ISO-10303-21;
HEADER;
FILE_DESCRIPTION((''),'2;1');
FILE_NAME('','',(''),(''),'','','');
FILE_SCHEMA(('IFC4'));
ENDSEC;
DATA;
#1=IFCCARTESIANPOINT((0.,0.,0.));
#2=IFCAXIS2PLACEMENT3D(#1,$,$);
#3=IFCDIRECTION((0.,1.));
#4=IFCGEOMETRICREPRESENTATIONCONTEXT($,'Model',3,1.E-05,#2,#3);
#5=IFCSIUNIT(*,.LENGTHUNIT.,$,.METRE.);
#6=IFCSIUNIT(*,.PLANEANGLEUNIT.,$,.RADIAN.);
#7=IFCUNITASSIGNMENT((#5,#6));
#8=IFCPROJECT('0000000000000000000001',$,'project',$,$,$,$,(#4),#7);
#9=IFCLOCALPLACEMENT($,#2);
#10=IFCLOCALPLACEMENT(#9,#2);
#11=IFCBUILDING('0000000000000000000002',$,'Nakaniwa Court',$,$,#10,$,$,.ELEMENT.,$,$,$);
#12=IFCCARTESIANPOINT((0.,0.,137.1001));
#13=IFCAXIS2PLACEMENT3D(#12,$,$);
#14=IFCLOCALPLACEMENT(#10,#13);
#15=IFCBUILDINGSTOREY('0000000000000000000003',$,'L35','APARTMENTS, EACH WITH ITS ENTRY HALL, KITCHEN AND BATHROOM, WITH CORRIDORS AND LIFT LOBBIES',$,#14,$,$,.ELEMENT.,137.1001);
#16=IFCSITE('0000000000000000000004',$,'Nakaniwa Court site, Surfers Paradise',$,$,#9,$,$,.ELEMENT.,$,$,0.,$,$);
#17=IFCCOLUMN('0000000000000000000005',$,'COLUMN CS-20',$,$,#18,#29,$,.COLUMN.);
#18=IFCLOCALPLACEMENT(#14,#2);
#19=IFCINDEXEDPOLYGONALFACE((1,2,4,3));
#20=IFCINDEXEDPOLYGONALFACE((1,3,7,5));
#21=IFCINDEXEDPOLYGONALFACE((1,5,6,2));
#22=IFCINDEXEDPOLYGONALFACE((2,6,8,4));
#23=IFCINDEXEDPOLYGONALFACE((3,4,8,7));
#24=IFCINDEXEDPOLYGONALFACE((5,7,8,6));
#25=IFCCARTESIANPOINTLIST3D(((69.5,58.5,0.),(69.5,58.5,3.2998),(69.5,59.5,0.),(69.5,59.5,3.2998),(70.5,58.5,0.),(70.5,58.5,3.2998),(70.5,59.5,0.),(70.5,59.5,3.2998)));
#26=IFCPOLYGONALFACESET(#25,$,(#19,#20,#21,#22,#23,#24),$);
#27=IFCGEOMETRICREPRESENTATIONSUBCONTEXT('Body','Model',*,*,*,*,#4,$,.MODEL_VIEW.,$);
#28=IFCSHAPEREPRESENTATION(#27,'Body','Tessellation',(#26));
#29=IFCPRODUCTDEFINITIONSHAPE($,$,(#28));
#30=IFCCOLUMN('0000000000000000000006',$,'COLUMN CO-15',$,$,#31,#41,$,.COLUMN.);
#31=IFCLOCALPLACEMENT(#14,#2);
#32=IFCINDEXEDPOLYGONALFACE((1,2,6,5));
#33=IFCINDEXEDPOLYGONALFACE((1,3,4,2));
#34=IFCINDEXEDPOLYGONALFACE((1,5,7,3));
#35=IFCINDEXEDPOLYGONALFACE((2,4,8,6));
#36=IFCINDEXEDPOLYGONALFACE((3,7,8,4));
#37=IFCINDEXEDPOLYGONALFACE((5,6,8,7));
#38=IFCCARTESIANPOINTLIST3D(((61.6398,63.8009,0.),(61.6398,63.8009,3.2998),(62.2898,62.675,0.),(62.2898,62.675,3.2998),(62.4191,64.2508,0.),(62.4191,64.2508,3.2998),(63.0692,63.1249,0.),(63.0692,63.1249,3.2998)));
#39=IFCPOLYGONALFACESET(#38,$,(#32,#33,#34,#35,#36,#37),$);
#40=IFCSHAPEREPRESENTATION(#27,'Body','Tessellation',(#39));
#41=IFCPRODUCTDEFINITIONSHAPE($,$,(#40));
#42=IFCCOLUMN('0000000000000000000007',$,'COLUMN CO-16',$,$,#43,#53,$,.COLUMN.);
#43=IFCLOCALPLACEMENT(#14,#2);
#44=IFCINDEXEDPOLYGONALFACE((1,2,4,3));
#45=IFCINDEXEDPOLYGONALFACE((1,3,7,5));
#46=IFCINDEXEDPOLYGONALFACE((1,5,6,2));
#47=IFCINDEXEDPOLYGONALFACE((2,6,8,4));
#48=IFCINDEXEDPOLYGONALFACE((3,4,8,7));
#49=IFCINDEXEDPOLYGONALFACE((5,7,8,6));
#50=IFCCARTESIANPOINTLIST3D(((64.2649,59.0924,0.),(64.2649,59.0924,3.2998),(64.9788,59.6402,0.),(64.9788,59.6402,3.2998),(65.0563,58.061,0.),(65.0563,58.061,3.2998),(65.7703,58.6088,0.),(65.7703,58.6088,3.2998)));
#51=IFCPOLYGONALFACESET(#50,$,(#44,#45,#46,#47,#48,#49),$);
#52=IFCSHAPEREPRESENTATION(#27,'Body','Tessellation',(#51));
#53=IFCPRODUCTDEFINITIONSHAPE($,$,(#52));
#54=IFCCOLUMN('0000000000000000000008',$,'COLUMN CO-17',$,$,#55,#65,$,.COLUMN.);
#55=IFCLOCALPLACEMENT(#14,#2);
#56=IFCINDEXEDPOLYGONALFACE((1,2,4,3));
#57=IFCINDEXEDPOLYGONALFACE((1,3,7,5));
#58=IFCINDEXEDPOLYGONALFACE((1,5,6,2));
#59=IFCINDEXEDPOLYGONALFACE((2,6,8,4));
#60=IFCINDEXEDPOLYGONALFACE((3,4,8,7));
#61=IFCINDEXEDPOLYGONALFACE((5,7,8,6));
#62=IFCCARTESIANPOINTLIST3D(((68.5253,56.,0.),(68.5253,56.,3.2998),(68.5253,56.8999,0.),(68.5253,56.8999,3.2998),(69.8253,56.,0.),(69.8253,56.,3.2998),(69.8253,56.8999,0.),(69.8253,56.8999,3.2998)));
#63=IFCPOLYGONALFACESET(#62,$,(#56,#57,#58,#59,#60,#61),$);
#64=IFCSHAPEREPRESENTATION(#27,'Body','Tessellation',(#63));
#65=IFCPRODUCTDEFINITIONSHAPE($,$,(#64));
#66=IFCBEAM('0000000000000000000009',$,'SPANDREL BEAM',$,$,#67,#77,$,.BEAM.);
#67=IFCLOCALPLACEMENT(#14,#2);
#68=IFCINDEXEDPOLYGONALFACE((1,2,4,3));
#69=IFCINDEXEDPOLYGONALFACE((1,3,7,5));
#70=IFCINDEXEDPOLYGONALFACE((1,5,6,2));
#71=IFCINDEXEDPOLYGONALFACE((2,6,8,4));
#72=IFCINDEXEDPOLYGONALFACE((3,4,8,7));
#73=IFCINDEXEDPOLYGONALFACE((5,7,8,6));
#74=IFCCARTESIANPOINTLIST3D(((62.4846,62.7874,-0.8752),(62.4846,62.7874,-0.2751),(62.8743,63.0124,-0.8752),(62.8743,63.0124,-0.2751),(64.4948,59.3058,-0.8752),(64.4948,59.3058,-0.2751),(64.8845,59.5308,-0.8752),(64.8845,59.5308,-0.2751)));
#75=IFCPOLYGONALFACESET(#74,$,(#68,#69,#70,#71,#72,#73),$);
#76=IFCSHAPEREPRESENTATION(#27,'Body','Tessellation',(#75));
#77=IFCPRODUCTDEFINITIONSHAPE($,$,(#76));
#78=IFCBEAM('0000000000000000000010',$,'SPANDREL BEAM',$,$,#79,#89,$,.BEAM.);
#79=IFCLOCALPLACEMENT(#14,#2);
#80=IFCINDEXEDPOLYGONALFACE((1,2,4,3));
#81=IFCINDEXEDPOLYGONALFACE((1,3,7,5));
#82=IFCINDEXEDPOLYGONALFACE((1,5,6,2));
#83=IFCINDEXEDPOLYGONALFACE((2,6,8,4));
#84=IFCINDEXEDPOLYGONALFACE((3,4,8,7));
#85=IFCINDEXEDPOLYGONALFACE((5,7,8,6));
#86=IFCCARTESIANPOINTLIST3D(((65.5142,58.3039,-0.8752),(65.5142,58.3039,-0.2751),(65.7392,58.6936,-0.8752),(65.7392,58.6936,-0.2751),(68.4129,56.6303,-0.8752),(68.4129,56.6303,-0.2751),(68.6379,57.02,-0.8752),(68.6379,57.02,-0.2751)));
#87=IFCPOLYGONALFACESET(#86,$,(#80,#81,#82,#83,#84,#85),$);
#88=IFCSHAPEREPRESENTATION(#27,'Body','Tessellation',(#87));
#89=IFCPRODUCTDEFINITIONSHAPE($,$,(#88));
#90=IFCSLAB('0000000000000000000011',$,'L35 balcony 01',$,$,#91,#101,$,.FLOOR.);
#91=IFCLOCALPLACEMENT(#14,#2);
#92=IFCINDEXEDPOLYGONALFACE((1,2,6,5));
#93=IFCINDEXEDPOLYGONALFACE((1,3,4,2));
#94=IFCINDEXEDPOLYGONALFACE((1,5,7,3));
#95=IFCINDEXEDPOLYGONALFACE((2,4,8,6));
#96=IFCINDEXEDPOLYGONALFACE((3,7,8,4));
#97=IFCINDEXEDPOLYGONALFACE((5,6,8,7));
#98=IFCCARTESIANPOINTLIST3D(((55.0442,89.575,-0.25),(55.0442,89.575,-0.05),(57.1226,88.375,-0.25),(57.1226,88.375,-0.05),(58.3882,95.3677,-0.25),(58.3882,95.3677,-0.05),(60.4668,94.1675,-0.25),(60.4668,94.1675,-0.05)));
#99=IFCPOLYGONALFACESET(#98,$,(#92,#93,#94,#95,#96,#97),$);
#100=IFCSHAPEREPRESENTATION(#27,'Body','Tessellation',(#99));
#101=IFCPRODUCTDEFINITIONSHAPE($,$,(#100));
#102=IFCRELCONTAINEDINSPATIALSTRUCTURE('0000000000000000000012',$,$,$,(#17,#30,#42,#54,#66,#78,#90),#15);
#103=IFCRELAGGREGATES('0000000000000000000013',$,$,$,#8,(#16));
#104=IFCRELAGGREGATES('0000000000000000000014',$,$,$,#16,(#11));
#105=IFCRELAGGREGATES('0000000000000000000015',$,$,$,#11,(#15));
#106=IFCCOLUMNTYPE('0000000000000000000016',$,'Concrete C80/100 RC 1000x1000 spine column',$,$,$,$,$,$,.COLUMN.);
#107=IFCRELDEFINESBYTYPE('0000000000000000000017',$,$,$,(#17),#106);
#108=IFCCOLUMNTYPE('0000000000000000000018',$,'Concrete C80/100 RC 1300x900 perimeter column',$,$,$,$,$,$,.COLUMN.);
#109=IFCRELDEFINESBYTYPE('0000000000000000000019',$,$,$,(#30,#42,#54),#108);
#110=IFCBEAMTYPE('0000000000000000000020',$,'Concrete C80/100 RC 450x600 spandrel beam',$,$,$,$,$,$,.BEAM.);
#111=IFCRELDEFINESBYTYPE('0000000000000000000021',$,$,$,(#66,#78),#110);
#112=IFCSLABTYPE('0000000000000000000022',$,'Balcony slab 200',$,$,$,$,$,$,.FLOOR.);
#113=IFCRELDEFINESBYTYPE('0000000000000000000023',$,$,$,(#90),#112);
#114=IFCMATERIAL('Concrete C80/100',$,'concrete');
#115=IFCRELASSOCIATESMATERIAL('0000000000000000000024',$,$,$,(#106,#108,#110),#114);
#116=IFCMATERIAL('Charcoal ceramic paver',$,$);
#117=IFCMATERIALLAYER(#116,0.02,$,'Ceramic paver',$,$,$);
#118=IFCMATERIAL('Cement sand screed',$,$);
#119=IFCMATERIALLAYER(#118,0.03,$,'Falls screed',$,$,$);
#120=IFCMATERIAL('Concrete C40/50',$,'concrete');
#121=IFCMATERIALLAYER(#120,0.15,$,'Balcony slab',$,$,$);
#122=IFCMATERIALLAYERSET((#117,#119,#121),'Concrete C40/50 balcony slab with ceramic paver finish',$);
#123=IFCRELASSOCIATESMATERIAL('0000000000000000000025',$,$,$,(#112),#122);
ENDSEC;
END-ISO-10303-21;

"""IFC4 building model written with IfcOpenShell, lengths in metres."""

from ifc_helpers import new_model, si_unit, direction, frame, origin, origin_2d, place, context, subcontext, project, spatial, polyline, rectangle, outline, extrude, material, layer, layer_set, material_profile, profile_set, type_object, element, save


model = new_model("IFC4")

# Units and contexts
model_context = context("Model", 3, precision=1e-05, world=origin(), true_north=direction((0.0, 1.0)))
body_context = subcontext(model_context, "Body", "Model", "MODEL_VIEW")
ifc_project = project(units=[si_unit("LENGTHUNIT", "METRE"), si_unit("PLANEANGLEUNIT", "RADIAN")], contexts=[model_context])

# Site, building, storey
site_placement = place(None, origin())
site = spatial("IfcSite", under=ifc_project, at=site_placement, Name="Nakaniwa Court site, Surfers Paradise", CompositionType="ELEMENT", RefElevation=0.0)
building_placement = place(site_placement, origin())
building = spatial("IfcBuilding", under=site, at=building_placement, Name="Nakaniwa Court", CompositionType="ELEMENT")
storey_placement = place(building_placement, frame((0.0, 0.0, 137.1001)))
storey = spatial("IfcBuildingStorey", under=building, at=storey_placement, Name="L35", Description="APARTMENTS, EACH WITH ITS ENTRY HALL, KITCHEN AND BATHROOM, WITH CORRIDORS AND LIFT LOBBIES", CompositionType="ELEMENT", Elevation=137.1001)

# Columns
ifc_material_1 = material(Name="Concrete C80/100", Category="concrete")
ifc_material_profile_1 = material_profile(ifc_material_1, rectangle(XDim=1.0, YDim=1.0, at=origin_2d()), Name="Concrete C80/100 RC 1000x1000 spine column")
ifc_profile_set_1 = profile_set([ifc_material_profile_1], Name="Concrete C80/100")
column_type_1 = type_object("IfcColumnType", Name="Concrete C80/100 RC 1000x1000 spine column", PredefinedType="COLUMN", material=ifc_profile_set_1)
column_placement = place(storey_placement, frame((70.0, 59.0, 0.0), z_axis=(0.0, 0.0, 1.0), x_axis=(0.0, -1.0, 0.0)))
element("IfcColumn", 1, at=column_placement, inside=storey, type_object=column_type_1, Name="COLUMN CS-20", PredefinedType="COLUMN", context=body_context, shape_type="SweptSolid", body=[
    extrude(rectangle(XDim=1.0, YDim=1.0, at=origin_2d()), origin(), (0.0, 0.0, 1.0), 3.2998),
])
ifc_material_profile_2 = material_profile(ifc_material_1, rectangle(XDim=1.3, YDim=0.8999, at=origin_2d()), Name="Concrete C80/100 RC 1300x900 perimeter column")
ifc_profile_set_2 = profile_set([ifc_material_profile_2], Name="Concrete C80/100")
column_type_2 = type_object("IfcColumnType", Name="Concrete C80/100 RC 1300x900 perimeter column", PredefinedType="COLUMN", material=ifc_profile_set_2)
for number, where, z_axis, x_axis, name in (
    (2, (62.3545, 63.4629, 0.0), (0.0, 0.0, 1.0), (0.5, -0.866025, 0.0), "COLUMN CO-15"),
    (3, (65.0176, 58.8506, 0.0), (0.0, 0.0, 1.0), (0.608761, -0.793353, 0.0), "COLUMN CO-16"),
    (4, (69.1753, 56.45, 0.0), (0.0, 0.0, 1.0), (1.0, 0.0, 0.0), "COLUMN CO-17"),
):
    element("IfcColumn", number, at=place(storey_placement, frame(where, z_axis=z_axis, x_axis=x_axis)), inside=storey, type_object=column_type_2, Name=name, PredefinedType="COLUMN", context=body_context, shape_type="SweptSolid", body=[
        extrude(rectangle(XDim=1.3, YDim=0.8999, at=origin_2d()), origin(), (0.0, 0.0, 1.0), 3.2998),
    ])

# Beams
ifc_material_profile_3 = material_profile(ifc_material_1, rectangle(XDim=0.45, YDim=0.6001, at=origin_2d()), Name="Concrete C80/100 RC 450x600 spandrel beam")
ifc_profile_set_3 = profile_set([ifc_material_profile_3], Name="Concrete C80/100")
beam_type = type_object("IfcBeamType", Name="Concrete C80/100 RC 450x600 spandrel beam", PredefinedType="BEAM", material=ifc_profile_set_3)
beam_1_placement = place(storey_placement, frame((62.6794, 62.8999, -0.5752), z_axis=(0.500019, -0.866015, 0.0), x_axis=(0.866015, 0.500019, 0.0)))
element("IfcBeam", 5, at=beam_1_placement, inside=storey, type_object=beam_type, Name="SPANDREL BEAM", PredefinedType="BEAM", context=body_context, shape_type="SweptSolid", body=[
    extrude(rectangle(XDim=0.45, YDim=0.6001, at=origin_2d()), origin(), (0.0, 0.0, 1.0), 4.0203),
])
beam_2_placement = place(storey_placement, frame((65.6267, 58.4988, -0.5752), z_axis=(0.866022, -0.500007, 0.0), x_axis=(0.500007, 0.866022, 0.0)))
element("IfcBeam", 6, at=beam_2_placement, inside=storey, type_object=beam_type, Name="SPANDREL BEAM", PredefinedType="BEAM", context=body_context, shape_type="SweptSolid", body=[
    extrude(rectangle(XDim=0.45, YDim=0.6001, at=origin_2d()), origin(), (0.0, 0.0, 1.0), 3.3472),
])

# Slab
ifc_material_2 = material(Name="Charcoal ceramic paver")
ifc_layer_1 = layer(ifc_material_2, 0.02, Name="Ceramic paver")
ifc_material_3 = material(Name="Cement sand screed")
ifc_layer_2 = layer(ifc_material_3, 0.03, Name="Falls screed")
ifc_material_4 = material(Name="Concrete C40/50", Category="concrete")
ifc_layer_3 = layer(ifc_material_4, 0.15, Name="Balcony slab")
ifc_layer_set_1 = layer_set([ifc_layer_1, ifc_layer_2, ifc_layer_3], Name="Concrete C40/50 balcony slab with ceramic paver finish")
slab_type_1 = type_object("IfcSlabType", Name="Balcony slab 200", PredefinedType="FLOOR", material=ifc_layer_set_1)
slab_1_placement = place(storey_placement, frame((0.0, 0.0, -0.25)))
element("IfcSlab", 7, at=slab_1_placement, inside=storey, type_object=slab_type_1, Name="L35 balcony 01", PredefinedType="FLOOR", context=body_context, shape_type="SweptSolid", body=[
    extrude(outline(polyline([(60.4668, 94.1675), (57.1226, 88.375), (55.0442, 89.575), (58.3882, 95.3677), (60.4668, 94.1675)])), origin(), (0.0, 0.0, 1.0), 0.2),
])

save(model, "model.ifc")
